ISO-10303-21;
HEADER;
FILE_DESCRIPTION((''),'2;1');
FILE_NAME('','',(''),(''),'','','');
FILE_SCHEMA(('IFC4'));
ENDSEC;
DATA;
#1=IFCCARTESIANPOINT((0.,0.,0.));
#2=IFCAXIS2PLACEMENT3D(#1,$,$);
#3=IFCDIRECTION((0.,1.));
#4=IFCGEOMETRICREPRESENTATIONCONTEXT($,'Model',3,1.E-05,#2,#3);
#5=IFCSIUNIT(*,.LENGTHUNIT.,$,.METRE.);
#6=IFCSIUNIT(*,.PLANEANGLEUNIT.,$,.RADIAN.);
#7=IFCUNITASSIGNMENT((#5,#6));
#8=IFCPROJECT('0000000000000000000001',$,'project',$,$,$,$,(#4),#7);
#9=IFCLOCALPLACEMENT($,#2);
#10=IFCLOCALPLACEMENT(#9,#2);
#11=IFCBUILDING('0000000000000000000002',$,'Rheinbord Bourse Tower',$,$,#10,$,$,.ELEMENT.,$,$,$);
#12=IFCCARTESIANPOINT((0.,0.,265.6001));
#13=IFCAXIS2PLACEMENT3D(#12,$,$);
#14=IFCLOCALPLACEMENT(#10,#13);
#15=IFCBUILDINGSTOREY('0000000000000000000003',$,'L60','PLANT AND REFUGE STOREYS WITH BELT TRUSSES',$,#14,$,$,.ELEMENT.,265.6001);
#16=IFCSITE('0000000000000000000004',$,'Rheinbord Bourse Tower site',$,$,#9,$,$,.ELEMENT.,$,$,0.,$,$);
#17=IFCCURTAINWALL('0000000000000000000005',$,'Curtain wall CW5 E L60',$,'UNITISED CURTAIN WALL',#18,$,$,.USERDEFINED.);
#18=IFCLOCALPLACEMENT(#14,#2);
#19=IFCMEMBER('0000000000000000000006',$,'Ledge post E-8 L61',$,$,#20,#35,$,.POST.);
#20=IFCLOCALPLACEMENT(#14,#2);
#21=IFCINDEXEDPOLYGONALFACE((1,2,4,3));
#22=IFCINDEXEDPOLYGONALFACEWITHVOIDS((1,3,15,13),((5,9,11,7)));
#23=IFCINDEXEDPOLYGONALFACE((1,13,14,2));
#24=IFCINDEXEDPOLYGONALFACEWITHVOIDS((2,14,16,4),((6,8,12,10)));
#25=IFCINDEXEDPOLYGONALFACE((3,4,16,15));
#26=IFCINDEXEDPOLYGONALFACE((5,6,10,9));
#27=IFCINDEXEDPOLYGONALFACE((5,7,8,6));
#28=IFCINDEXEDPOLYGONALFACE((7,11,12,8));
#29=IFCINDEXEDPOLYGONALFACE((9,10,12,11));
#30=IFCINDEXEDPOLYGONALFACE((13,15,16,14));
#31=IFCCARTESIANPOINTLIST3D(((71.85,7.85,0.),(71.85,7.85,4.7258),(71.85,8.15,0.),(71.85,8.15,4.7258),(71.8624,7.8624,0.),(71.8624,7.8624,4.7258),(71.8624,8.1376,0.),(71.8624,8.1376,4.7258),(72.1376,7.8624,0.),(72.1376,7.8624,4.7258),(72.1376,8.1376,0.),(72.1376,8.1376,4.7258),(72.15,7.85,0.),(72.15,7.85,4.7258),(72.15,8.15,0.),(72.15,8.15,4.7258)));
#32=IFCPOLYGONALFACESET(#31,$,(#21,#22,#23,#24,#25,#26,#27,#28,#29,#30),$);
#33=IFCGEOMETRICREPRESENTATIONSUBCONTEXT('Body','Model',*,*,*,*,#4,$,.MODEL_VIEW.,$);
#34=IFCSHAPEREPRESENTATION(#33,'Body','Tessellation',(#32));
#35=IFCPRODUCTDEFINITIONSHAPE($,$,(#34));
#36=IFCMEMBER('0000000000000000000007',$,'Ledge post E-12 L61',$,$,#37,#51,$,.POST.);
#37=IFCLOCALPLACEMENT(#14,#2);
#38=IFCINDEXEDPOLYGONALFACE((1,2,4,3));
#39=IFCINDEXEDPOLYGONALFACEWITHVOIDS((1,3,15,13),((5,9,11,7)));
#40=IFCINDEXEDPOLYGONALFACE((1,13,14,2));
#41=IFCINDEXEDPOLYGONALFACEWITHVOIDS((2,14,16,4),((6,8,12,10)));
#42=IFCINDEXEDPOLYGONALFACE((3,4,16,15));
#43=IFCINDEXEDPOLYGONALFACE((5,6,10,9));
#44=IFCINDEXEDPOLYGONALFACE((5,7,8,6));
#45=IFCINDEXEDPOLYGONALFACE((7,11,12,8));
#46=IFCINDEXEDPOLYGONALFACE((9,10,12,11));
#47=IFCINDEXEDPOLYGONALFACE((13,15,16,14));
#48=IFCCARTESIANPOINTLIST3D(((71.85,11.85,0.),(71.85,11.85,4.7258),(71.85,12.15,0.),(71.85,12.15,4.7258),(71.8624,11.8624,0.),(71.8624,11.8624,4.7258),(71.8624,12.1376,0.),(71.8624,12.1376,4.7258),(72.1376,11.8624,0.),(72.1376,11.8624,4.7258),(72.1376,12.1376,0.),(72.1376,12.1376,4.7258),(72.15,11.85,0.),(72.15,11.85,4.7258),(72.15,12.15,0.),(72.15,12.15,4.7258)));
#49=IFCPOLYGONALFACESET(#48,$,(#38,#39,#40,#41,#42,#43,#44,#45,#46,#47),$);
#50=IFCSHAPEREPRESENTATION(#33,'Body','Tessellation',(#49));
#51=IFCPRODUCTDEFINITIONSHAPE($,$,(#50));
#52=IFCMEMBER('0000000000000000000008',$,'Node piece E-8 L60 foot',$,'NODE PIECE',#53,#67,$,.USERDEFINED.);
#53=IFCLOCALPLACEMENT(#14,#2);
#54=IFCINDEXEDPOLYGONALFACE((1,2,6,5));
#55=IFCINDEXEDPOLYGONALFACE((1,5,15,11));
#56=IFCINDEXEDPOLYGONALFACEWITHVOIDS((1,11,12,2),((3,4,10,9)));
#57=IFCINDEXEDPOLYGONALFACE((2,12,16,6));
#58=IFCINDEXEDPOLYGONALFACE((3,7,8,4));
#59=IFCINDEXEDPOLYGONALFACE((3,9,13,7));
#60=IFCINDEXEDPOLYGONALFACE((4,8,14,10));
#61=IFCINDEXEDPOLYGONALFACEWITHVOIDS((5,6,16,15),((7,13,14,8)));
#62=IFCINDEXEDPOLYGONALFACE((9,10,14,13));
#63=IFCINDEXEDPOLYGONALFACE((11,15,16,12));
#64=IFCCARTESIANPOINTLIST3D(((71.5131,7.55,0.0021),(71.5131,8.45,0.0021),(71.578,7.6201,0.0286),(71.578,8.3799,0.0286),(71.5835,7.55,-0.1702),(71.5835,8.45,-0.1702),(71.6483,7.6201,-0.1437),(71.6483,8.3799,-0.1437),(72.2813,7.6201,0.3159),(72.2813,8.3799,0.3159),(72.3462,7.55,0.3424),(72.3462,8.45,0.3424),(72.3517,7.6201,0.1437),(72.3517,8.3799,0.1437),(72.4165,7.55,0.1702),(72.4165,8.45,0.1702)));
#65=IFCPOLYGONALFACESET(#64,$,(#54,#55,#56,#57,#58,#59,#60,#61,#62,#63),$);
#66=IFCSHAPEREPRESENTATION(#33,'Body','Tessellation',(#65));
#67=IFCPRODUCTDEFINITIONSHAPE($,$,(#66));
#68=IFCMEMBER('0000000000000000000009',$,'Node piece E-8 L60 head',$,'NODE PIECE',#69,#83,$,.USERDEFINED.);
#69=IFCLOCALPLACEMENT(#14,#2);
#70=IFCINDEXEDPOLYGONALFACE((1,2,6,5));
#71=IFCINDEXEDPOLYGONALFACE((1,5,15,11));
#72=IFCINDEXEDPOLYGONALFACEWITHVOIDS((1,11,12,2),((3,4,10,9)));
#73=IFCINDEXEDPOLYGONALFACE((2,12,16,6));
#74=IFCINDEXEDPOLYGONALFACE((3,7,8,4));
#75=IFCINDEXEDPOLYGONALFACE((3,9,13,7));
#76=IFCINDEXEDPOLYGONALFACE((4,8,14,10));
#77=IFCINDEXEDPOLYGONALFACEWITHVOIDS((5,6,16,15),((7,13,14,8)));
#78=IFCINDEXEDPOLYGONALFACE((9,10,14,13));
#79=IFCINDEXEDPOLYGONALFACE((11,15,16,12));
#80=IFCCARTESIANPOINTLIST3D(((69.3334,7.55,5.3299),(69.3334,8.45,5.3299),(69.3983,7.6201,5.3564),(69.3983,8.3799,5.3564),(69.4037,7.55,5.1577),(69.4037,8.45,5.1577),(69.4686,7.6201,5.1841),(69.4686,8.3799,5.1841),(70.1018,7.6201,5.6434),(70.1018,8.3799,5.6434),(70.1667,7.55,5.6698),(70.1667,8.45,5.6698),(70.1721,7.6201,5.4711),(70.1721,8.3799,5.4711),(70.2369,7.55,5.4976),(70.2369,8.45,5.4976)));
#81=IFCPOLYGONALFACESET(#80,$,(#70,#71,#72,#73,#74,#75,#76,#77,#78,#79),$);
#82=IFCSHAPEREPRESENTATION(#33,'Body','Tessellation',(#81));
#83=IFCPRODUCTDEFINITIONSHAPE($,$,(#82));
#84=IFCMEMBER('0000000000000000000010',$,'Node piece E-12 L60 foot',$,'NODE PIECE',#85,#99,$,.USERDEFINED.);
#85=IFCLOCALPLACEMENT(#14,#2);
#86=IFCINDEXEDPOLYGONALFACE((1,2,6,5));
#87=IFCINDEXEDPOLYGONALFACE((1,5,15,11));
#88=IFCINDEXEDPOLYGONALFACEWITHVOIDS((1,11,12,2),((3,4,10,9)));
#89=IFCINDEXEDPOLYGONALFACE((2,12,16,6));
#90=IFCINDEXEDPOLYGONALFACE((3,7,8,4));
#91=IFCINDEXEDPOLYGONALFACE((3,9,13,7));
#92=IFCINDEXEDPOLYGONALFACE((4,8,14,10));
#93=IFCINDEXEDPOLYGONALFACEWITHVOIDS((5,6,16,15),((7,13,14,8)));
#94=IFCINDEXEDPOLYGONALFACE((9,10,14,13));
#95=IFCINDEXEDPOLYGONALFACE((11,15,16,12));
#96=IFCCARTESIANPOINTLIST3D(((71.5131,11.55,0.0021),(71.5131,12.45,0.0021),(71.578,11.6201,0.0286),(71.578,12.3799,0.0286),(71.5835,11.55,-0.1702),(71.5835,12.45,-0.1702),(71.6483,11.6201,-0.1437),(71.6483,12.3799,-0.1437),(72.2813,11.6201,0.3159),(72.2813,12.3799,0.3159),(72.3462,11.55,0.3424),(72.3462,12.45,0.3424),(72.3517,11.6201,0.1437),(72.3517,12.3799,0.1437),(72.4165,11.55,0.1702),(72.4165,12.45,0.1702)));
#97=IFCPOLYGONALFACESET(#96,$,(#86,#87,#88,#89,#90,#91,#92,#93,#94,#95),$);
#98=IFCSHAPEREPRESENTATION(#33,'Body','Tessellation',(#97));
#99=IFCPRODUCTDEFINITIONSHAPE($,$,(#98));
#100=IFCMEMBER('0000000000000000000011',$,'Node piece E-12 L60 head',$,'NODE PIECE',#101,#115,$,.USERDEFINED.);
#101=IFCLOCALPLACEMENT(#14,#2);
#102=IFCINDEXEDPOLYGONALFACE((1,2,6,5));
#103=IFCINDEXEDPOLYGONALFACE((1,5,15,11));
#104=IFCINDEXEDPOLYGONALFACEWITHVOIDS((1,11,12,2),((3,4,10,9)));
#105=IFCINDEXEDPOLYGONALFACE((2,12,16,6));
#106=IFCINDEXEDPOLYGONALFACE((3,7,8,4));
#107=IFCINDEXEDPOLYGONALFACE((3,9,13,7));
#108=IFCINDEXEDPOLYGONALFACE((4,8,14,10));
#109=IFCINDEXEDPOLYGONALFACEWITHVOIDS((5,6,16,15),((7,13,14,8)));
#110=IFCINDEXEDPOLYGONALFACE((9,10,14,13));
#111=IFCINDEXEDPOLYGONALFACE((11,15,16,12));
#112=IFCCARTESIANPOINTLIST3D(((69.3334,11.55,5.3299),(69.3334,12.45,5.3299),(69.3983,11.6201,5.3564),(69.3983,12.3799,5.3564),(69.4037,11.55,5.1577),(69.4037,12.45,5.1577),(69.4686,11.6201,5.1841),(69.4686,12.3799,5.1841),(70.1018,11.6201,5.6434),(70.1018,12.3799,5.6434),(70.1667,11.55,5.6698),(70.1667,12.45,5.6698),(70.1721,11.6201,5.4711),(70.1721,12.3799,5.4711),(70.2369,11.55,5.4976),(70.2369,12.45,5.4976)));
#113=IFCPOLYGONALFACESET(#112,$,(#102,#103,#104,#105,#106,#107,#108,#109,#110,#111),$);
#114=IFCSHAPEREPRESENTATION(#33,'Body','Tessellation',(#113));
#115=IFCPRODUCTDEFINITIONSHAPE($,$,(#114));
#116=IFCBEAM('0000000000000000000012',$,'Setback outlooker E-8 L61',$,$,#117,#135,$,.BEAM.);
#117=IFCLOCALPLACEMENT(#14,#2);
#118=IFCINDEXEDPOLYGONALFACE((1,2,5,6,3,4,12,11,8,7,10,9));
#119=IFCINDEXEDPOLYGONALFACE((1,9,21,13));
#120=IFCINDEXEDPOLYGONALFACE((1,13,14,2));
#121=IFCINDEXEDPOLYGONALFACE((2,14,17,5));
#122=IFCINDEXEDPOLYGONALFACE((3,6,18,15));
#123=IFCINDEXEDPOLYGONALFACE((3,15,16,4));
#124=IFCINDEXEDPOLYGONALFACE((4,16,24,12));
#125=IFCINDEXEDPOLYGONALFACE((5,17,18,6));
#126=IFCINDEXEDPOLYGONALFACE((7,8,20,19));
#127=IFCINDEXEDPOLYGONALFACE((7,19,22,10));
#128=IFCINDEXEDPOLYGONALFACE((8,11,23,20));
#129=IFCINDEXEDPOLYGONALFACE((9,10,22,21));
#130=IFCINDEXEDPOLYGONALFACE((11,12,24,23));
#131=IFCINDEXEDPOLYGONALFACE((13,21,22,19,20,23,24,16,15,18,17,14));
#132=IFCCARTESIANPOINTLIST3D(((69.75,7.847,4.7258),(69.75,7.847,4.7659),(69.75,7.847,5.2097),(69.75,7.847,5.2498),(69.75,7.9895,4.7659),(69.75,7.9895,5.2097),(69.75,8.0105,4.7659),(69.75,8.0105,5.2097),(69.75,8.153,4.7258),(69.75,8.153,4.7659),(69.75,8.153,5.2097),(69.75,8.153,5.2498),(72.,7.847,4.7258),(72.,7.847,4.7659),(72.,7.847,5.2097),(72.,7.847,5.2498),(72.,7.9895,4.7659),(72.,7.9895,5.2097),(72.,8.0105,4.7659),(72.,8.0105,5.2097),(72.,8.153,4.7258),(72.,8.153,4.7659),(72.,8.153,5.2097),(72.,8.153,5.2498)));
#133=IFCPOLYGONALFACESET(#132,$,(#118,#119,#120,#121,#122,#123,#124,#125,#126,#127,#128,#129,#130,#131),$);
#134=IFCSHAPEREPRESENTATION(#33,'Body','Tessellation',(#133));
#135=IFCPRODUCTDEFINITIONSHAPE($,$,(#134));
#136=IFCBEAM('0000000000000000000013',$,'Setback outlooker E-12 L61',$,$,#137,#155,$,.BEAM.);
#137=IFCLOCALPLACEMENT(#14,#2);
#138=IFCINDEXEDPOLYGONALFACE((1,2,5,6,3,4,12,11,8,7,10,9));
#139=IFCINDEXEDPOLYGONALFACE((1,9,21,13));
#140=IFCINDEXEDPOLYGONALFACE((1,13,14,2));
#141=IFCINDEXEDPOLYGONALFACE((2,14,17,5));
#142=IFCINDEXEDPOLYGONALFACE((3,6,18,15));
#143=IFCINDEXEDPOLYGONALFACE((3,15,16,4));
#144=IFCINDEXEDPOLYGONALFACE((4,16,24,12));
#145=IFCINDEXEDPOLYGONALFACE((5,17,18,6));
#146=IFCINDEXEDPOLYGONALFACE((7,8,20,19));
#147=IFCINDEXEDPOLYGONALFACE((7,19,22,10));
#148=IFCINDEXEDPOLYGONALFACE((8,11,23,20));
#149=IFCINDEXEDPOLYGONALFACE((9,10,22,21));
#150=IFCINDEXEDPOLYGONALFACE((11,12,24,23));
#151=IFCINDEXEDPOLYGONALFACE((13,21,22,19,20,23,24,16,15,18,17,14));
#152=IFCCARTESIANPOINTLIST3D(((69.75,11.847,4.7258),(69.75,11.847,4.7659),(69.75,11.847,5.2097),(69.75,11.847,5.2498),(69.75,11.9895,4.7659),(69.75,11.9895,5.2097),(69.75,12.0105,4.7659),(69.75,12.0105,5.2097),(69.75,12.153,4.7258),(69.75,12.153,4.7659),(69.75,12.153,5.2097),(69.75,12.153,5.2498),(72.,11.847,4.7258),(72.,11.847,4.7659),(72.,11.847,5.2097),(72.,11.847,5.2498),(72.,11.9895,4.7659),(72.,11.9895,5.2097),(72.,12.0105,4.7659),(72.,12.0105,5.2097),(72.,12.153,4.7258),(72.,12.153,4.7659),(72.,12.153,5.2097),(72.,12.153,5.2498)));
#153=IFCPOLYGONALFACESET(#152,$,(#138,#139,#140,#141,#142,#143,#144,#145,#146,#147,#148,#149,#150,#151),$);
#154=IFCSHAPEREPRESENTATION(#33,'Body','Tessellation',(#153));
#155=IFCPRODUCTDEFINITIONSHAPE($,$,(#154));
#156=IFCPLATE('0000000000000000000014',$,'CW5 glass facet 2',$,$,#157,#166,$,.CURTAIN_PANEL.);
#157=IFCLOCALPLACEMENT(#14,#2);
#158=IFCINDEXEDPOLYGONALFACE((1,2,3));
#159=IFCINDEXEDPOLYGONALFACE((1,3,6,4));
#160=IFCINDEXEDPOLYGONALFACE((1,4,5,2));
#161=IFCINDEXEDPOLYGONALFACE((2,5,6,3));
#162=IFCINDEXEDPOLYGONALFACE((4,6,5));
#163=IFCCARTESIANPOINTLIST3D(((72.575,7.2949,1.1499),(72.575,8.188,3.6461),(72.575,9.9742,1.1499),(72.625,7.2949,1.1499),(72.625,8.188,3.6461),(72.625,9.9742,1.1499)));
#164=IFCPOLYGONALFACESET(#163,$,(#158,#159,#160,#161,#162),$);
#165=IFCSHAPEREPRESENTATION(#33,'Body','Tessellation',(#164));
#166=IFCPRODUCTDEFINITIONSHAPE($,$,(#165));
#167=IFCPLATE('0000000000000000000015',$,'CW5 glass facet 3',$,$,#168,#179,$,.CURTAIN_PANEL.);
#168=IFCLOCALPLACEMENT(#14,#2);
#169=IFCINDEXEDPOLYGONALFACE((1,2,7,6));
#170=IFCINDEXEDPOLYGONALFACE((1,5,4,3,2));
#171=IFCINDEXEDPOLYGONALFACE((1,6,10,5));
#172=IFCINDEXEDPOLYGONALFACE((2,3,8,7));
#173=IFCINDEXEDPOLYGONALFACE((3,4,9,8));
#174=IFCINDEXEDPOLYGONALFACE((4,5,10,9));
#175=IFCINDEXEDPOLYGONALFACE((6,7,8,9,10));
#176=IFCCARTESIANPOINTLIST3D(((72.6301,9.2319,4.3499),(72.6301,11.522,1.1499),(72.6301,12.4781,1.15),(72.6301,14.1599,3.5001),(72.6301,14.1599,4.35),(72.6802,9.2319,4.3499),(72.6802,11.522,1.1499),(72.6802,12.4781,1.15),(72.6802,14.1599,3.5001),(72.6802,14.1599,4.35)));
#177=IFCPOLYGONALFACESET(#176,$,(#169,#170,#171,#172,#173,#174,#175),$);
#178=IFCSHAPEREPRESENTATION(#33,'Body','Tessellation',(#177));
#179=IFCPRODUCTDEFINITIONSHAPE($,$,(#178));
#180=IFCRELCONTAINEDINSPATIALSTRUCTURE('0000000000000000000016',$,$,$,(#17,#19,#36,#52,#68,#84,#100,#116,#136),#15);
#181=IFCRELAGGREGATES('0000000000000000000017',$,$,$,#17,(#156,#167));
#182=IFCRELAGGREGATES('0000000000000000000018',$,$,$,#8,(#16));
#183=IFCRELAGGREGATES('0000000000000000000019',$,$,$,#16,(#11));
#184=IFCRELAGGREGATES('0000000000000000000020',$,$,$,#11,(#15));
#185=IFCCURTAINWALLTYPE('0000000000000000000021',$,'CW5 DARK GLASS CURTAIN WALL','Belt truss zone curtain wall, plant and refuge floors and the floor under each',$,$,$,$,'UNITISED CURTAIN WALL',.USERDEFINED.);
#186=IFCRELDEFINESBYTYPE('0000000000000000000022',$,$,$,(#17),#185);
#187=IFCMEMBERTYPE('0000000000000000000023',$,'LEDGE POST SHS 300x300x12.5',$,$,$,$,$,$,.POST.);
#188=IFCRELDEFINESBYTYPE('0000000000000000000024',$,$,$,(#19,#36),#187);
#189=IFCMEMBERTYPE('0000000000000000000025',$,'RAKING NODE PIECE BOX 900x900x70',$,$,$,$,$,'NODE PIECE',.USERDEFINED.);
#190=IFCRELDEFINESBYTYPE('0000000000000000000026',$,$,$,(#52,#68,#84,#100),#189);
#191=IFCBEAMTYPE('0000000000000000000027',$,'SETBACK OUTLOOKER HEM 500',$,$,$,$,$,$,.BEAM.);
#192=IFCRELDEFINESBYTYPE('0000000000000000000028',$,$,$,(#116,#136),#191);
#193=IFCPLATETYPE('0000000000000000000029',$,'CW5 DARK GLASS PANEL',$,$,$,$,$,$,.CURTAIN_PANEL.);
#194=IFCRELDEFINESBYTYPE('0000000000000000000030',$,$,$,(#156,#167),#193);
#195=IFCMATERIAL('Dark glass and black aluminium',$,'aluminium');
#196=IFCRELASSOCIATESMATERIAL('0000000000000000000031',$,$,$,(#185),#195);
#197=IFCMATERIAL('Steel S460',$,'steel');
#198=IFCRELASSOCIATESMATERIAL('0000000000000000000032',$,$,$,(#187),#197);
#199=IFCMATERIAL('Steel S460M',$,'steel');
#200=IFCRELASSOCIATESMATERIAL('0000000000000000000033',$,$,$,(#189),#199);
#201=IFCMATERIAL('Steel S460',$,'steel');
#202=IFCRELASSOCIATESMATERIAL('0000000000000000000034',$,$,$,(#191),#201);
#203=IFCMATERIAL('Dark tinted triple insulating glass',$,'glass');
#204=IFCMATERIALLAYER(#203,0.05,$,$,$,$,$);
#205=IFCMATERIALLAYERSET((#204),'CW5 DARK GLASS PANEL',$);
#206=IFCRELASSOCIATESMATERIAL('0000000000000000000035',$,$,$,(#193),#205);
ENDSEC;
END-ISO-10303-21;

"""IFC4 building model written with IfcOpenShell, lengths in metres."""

from ifc_helpers import new_model, si_unit, direction, frame, origin, origin_2d, place, context, subcontext, project, spatial, polyline, hollow_rectangle, i_section, outline, extrude, material, layer, layer_set, material_profile, profile_set, type_object, element, aggregate, save


model = new_model("IFC4")

# Units and contexts
model_context = context("Model", 3, precision=1e-05, world=origin(), true_north=direction((0.0, 1.0)))
body_context = subcontext(model_context, "Body", "Model", "MODEL_VIEW")
ifc_project = project(units=[si_unit("LENGTHUNIT", "METRE"), si_unit("PLANEANGLEUNIT", "RADIAN")], contexts=[model_context])

# Site, building, storey
site_placement = place(None, origin())
site = spatial("IfcSite", under=ifc_project, at=site_placement, Name="Rheinbord Bourse Tower site", CompositionType="ELEMENT", RefElevation=0.0)
building_placement = place(site_placement, origin())
building = spatial("IfcBuilding", under=site, at=building_placement, Name="Rheinbord Bourse Tower", CompositionType="ELEMENT")
storey_placement = place(building_placement, frame((0.0, 0.0, 265.6001)))
storey = spatial("IfcBuildingStorey", under=building, at=storey_placement, Name="L60", Description="PLANT AND REFUGE STOREYS WITH BELT TRUSSES", CompositionType="ELEMENT", Elevation=265.6001)

# Curtain wall
ifc_material_1 = material(Name="Dark glass and black aluminium", Category="aluminium")
curtain_wall_type = type_object("IfcCurtainWallType", Name="CW5 DARK GLASS CURTAIN WALL", Description="Belt truss zone curtain wall, plant and refuge floors and the floor under each", ElementType="UNITISED CURTAIN WALL", PredefinedType="USERDEFINED", material=ifc_material_1)
curtain_wall_placement = place(storey_placement, origin())
curtain_wall = element("IfcCurtainWall", 1, at=curtain_wall_placement, inside=storey, type_object=curtain_wall_type, Name="Curtain wall CW5 E L60", ObjectType="UNITISED CURTAIN WALL", PredefinedType="USERDEFINED")

# Members
ifc_material_2 = material(Name="Steel S460", Category="steel")
ifc_material_profile_1 = material_profile(ifc_material_2, hollow_rectangle(XDim=0.3, YDim=0.3, WallThickness=0.0125, at=origin_2d()), Name="SHS 300x300x12.5")
ifc_profile_set_1 = profile_set([ifc_material_profile_1], Name="Steel S460")
member_type_1 = type_object("IfcMemberType", Name="LEDGE POST SHS 300x300x12.5", PredefinedType="POST", material=ifc_profile_set_1)
for number, where, z_axis, x_axis, name in (
    (2, (72.0, 8.0, 0.0), (0.0, 0.0, 1.0), (1.0, 0.0, 0.0), "Ledge post E-8 L61"),
    (3, (72.0, 12.0, 0.0), (0.0, 0.0, 1.0), (1.0, 0.0, 0.0), "Ledge post E-12 L61"),
):
    element("IfcMember", number, at=place(storey_placement, frame(where, z_axis=z_axis, x_axis=x_axis)), inside=storey, type_object=member_type_1, Name=name, PredefinedType="POST", context=body_context, shape_type="SweptSolid", body=[
        extrude(hollow_rectangle(XDim=0.3, YDim=0.3, WallThickness=0.0125, at=origin_2d()), origin(), (0.0, 0.0, 1.0), 4.7258),
    ])
ifc_material_3 = material(Name="Steel S460M", Category="steel")
ifc_material_profile_2 = material_profile(ifc_material_3, hollow_rectangle(XDim=0.8999, YDim=0.8999, WallThickness=0.0701, at=origin_2d()), Name="BOX 900x900x70")
ifc_profile_set_2 = profile_set([ifc_material_profile_2], Name="Steel S460M")
member_type_2 = type_object("IfcMemberType", Name="RAKING NODE PIECE BOX 900x900x70", ElementType="NODE PIECE", PredefinedType="USERDEFINED", material=ifc_profile_set_2)
for number, where, z_axis, x_axis, name in (
    (4, (72.0, 8.0, 0.0), (-0.378173, 0.0, 0.925735), (0.925735, 0.0, 0.378173), "Node piece E-8 L60 foot"),
    (5, (69.8203, 8.0, 5.3276), (-0.377713, 0.0, 0.925923), (0.925923, 0.0, 0.377713), "Node piece E-8 L60 head"),
    (6, (72.0, 12.0, 0.0), (-0.378173, 0.0, 0.925735), (0.925735, 0.0, 0.378173), "Node piece E-12 L60 foot"),
    (7, (69.8203, 12.0, 5.3276), (-0.377713, 0.0, 0.925923), (0.925923, 0.0, 0.377713), "Node piece E-12 L60 head"),
):
    element("IfcMember", number, at=place(storey_placement, frame(where, z_axis=z_axis, x_axis=x_axis)), inside=storey, type_object=member_type_2, Name=name, ObjectType="NODE PIECE", PredefinedType="USERDEFINED", context=body_context, shape_type="SweptSolid", body=[
        extrude(hollow_rectangle(XDim=0.8999, YDim=0.8999, WallThickness=0.0701, at=origin_2d()), origin(), (0.0, 0.0, 1.0), 0.186),
    ])

# Beams
ifc_material_4 = material(Name="Steel S460", Category="steel")
ifc_material_profile_3 = material_profile(ifc_material_4, i_section(OverallWidth=0.3059, OverallDepth=0.5239, WebThickness=0.021, FlangeThickness=0.04, at=origin_2d()), Name="HEM 500")
ifc_profile_set_3 = profile_set([ifc_material_profile_3], Name="Steel S460")
beam_type_1 = type_object("IfcBeamType", Name="SETBACK OUTLOOKER HEM 500", PredefinedType="BEAM", material=ifc_profile_set_3)
for number, where, z_axis, x_axis, name in (
    (8, (69.75, 8.0, 4.9878), (1.0, 0.0, 0.0), (0.0, 1.0, 0.0), "Setback outlooker E-8 L61"),
    (9, (69.75, 12.0, 4.9878), (1.0, 0.0, 0.0), (0.0, 1.0, 0.0), "Setback outlooker E-12 L61"),
):
    element("IfcBeam", number, at=place(storey_placement, frame(where, z_axis=z_axis, x_axis=x_axis)), inside=storey, type_object=beam_type_1, Name=name, PredefinedType="BEAM", context=body_context, shape_type="SweptSolid", body=[
        extrude(i_section(OverallWidth=0.3059, OverallDepth=0.5239, WebThickness=0.021, FlangeThickness=0.04, at=origin_2d()), origin(), (0.0, 0.0, 1.0), 2.25),
    ])

# Plates
ifc_material_5 = material(Name="Dark tinted triple insulating glass", Category="glass")
ifc_layer = layer(ifc_material_5, 0.05)
ifc_layer_set = layer_set([ifc_layer], Name="CW5 DARK GLASS PANEL")
plate_type = type_object("IfcPlateType", Name="CW5 DARK GLASS PANEL", PredefinedType="CURTAIN_PANEL", material=ifc_layer_set)
plate_1_placement = place(storey_placement, frame((72.625, 7.2949, 1.1499), z_axis=(-1.0, 0.0, 0.0), x_axis=(0.0, 0.336873, 0.94155)))
plate_1 = element("IfcPlate", 10, at=plate_1_placement, type_object=plate_type, Name="CW5 glass facet 2", PredefinedType="CURTAIN_PANEL", context=body_context, shape_type="SweptSolid", body=[
    extrude(outline(polyline([(0.0, 0.0), (2.6511, 0.0), (0.9026, 2.5227), (0.0, 0.0)])), origin(), (0.0, 0.0, 1.0), 0.05),
])
plate_2_placement = place(storey_placement, frame((72.6802, 11.522, 1.1499), z_axis=(-1.0, 0.0, 0.0), x_axis=(0.0, -0.581972, 0.813209)))
plate_2 = element("IfcPlate", 11, at=plate_2_placement, type_object=plate_type, Name="CW5 glass facet 3", PredefinedType="CURTAIN_PANEL", context=body_context, shape_type="SweptSolid", body=[
    extrude(outline(polyline([(0.0, 0.0), (3.9351, 0.0), (1.0671, 4.0076), (0.376, 3.5129), (-0.5564, 0.7776), (0.0, 0.0)])), origin(), (0.0, 0.0, 1.0), 0.05),
])
aggregate(curtain_wall, [plate_1, plate_2])

save(model, "model.ifc")
